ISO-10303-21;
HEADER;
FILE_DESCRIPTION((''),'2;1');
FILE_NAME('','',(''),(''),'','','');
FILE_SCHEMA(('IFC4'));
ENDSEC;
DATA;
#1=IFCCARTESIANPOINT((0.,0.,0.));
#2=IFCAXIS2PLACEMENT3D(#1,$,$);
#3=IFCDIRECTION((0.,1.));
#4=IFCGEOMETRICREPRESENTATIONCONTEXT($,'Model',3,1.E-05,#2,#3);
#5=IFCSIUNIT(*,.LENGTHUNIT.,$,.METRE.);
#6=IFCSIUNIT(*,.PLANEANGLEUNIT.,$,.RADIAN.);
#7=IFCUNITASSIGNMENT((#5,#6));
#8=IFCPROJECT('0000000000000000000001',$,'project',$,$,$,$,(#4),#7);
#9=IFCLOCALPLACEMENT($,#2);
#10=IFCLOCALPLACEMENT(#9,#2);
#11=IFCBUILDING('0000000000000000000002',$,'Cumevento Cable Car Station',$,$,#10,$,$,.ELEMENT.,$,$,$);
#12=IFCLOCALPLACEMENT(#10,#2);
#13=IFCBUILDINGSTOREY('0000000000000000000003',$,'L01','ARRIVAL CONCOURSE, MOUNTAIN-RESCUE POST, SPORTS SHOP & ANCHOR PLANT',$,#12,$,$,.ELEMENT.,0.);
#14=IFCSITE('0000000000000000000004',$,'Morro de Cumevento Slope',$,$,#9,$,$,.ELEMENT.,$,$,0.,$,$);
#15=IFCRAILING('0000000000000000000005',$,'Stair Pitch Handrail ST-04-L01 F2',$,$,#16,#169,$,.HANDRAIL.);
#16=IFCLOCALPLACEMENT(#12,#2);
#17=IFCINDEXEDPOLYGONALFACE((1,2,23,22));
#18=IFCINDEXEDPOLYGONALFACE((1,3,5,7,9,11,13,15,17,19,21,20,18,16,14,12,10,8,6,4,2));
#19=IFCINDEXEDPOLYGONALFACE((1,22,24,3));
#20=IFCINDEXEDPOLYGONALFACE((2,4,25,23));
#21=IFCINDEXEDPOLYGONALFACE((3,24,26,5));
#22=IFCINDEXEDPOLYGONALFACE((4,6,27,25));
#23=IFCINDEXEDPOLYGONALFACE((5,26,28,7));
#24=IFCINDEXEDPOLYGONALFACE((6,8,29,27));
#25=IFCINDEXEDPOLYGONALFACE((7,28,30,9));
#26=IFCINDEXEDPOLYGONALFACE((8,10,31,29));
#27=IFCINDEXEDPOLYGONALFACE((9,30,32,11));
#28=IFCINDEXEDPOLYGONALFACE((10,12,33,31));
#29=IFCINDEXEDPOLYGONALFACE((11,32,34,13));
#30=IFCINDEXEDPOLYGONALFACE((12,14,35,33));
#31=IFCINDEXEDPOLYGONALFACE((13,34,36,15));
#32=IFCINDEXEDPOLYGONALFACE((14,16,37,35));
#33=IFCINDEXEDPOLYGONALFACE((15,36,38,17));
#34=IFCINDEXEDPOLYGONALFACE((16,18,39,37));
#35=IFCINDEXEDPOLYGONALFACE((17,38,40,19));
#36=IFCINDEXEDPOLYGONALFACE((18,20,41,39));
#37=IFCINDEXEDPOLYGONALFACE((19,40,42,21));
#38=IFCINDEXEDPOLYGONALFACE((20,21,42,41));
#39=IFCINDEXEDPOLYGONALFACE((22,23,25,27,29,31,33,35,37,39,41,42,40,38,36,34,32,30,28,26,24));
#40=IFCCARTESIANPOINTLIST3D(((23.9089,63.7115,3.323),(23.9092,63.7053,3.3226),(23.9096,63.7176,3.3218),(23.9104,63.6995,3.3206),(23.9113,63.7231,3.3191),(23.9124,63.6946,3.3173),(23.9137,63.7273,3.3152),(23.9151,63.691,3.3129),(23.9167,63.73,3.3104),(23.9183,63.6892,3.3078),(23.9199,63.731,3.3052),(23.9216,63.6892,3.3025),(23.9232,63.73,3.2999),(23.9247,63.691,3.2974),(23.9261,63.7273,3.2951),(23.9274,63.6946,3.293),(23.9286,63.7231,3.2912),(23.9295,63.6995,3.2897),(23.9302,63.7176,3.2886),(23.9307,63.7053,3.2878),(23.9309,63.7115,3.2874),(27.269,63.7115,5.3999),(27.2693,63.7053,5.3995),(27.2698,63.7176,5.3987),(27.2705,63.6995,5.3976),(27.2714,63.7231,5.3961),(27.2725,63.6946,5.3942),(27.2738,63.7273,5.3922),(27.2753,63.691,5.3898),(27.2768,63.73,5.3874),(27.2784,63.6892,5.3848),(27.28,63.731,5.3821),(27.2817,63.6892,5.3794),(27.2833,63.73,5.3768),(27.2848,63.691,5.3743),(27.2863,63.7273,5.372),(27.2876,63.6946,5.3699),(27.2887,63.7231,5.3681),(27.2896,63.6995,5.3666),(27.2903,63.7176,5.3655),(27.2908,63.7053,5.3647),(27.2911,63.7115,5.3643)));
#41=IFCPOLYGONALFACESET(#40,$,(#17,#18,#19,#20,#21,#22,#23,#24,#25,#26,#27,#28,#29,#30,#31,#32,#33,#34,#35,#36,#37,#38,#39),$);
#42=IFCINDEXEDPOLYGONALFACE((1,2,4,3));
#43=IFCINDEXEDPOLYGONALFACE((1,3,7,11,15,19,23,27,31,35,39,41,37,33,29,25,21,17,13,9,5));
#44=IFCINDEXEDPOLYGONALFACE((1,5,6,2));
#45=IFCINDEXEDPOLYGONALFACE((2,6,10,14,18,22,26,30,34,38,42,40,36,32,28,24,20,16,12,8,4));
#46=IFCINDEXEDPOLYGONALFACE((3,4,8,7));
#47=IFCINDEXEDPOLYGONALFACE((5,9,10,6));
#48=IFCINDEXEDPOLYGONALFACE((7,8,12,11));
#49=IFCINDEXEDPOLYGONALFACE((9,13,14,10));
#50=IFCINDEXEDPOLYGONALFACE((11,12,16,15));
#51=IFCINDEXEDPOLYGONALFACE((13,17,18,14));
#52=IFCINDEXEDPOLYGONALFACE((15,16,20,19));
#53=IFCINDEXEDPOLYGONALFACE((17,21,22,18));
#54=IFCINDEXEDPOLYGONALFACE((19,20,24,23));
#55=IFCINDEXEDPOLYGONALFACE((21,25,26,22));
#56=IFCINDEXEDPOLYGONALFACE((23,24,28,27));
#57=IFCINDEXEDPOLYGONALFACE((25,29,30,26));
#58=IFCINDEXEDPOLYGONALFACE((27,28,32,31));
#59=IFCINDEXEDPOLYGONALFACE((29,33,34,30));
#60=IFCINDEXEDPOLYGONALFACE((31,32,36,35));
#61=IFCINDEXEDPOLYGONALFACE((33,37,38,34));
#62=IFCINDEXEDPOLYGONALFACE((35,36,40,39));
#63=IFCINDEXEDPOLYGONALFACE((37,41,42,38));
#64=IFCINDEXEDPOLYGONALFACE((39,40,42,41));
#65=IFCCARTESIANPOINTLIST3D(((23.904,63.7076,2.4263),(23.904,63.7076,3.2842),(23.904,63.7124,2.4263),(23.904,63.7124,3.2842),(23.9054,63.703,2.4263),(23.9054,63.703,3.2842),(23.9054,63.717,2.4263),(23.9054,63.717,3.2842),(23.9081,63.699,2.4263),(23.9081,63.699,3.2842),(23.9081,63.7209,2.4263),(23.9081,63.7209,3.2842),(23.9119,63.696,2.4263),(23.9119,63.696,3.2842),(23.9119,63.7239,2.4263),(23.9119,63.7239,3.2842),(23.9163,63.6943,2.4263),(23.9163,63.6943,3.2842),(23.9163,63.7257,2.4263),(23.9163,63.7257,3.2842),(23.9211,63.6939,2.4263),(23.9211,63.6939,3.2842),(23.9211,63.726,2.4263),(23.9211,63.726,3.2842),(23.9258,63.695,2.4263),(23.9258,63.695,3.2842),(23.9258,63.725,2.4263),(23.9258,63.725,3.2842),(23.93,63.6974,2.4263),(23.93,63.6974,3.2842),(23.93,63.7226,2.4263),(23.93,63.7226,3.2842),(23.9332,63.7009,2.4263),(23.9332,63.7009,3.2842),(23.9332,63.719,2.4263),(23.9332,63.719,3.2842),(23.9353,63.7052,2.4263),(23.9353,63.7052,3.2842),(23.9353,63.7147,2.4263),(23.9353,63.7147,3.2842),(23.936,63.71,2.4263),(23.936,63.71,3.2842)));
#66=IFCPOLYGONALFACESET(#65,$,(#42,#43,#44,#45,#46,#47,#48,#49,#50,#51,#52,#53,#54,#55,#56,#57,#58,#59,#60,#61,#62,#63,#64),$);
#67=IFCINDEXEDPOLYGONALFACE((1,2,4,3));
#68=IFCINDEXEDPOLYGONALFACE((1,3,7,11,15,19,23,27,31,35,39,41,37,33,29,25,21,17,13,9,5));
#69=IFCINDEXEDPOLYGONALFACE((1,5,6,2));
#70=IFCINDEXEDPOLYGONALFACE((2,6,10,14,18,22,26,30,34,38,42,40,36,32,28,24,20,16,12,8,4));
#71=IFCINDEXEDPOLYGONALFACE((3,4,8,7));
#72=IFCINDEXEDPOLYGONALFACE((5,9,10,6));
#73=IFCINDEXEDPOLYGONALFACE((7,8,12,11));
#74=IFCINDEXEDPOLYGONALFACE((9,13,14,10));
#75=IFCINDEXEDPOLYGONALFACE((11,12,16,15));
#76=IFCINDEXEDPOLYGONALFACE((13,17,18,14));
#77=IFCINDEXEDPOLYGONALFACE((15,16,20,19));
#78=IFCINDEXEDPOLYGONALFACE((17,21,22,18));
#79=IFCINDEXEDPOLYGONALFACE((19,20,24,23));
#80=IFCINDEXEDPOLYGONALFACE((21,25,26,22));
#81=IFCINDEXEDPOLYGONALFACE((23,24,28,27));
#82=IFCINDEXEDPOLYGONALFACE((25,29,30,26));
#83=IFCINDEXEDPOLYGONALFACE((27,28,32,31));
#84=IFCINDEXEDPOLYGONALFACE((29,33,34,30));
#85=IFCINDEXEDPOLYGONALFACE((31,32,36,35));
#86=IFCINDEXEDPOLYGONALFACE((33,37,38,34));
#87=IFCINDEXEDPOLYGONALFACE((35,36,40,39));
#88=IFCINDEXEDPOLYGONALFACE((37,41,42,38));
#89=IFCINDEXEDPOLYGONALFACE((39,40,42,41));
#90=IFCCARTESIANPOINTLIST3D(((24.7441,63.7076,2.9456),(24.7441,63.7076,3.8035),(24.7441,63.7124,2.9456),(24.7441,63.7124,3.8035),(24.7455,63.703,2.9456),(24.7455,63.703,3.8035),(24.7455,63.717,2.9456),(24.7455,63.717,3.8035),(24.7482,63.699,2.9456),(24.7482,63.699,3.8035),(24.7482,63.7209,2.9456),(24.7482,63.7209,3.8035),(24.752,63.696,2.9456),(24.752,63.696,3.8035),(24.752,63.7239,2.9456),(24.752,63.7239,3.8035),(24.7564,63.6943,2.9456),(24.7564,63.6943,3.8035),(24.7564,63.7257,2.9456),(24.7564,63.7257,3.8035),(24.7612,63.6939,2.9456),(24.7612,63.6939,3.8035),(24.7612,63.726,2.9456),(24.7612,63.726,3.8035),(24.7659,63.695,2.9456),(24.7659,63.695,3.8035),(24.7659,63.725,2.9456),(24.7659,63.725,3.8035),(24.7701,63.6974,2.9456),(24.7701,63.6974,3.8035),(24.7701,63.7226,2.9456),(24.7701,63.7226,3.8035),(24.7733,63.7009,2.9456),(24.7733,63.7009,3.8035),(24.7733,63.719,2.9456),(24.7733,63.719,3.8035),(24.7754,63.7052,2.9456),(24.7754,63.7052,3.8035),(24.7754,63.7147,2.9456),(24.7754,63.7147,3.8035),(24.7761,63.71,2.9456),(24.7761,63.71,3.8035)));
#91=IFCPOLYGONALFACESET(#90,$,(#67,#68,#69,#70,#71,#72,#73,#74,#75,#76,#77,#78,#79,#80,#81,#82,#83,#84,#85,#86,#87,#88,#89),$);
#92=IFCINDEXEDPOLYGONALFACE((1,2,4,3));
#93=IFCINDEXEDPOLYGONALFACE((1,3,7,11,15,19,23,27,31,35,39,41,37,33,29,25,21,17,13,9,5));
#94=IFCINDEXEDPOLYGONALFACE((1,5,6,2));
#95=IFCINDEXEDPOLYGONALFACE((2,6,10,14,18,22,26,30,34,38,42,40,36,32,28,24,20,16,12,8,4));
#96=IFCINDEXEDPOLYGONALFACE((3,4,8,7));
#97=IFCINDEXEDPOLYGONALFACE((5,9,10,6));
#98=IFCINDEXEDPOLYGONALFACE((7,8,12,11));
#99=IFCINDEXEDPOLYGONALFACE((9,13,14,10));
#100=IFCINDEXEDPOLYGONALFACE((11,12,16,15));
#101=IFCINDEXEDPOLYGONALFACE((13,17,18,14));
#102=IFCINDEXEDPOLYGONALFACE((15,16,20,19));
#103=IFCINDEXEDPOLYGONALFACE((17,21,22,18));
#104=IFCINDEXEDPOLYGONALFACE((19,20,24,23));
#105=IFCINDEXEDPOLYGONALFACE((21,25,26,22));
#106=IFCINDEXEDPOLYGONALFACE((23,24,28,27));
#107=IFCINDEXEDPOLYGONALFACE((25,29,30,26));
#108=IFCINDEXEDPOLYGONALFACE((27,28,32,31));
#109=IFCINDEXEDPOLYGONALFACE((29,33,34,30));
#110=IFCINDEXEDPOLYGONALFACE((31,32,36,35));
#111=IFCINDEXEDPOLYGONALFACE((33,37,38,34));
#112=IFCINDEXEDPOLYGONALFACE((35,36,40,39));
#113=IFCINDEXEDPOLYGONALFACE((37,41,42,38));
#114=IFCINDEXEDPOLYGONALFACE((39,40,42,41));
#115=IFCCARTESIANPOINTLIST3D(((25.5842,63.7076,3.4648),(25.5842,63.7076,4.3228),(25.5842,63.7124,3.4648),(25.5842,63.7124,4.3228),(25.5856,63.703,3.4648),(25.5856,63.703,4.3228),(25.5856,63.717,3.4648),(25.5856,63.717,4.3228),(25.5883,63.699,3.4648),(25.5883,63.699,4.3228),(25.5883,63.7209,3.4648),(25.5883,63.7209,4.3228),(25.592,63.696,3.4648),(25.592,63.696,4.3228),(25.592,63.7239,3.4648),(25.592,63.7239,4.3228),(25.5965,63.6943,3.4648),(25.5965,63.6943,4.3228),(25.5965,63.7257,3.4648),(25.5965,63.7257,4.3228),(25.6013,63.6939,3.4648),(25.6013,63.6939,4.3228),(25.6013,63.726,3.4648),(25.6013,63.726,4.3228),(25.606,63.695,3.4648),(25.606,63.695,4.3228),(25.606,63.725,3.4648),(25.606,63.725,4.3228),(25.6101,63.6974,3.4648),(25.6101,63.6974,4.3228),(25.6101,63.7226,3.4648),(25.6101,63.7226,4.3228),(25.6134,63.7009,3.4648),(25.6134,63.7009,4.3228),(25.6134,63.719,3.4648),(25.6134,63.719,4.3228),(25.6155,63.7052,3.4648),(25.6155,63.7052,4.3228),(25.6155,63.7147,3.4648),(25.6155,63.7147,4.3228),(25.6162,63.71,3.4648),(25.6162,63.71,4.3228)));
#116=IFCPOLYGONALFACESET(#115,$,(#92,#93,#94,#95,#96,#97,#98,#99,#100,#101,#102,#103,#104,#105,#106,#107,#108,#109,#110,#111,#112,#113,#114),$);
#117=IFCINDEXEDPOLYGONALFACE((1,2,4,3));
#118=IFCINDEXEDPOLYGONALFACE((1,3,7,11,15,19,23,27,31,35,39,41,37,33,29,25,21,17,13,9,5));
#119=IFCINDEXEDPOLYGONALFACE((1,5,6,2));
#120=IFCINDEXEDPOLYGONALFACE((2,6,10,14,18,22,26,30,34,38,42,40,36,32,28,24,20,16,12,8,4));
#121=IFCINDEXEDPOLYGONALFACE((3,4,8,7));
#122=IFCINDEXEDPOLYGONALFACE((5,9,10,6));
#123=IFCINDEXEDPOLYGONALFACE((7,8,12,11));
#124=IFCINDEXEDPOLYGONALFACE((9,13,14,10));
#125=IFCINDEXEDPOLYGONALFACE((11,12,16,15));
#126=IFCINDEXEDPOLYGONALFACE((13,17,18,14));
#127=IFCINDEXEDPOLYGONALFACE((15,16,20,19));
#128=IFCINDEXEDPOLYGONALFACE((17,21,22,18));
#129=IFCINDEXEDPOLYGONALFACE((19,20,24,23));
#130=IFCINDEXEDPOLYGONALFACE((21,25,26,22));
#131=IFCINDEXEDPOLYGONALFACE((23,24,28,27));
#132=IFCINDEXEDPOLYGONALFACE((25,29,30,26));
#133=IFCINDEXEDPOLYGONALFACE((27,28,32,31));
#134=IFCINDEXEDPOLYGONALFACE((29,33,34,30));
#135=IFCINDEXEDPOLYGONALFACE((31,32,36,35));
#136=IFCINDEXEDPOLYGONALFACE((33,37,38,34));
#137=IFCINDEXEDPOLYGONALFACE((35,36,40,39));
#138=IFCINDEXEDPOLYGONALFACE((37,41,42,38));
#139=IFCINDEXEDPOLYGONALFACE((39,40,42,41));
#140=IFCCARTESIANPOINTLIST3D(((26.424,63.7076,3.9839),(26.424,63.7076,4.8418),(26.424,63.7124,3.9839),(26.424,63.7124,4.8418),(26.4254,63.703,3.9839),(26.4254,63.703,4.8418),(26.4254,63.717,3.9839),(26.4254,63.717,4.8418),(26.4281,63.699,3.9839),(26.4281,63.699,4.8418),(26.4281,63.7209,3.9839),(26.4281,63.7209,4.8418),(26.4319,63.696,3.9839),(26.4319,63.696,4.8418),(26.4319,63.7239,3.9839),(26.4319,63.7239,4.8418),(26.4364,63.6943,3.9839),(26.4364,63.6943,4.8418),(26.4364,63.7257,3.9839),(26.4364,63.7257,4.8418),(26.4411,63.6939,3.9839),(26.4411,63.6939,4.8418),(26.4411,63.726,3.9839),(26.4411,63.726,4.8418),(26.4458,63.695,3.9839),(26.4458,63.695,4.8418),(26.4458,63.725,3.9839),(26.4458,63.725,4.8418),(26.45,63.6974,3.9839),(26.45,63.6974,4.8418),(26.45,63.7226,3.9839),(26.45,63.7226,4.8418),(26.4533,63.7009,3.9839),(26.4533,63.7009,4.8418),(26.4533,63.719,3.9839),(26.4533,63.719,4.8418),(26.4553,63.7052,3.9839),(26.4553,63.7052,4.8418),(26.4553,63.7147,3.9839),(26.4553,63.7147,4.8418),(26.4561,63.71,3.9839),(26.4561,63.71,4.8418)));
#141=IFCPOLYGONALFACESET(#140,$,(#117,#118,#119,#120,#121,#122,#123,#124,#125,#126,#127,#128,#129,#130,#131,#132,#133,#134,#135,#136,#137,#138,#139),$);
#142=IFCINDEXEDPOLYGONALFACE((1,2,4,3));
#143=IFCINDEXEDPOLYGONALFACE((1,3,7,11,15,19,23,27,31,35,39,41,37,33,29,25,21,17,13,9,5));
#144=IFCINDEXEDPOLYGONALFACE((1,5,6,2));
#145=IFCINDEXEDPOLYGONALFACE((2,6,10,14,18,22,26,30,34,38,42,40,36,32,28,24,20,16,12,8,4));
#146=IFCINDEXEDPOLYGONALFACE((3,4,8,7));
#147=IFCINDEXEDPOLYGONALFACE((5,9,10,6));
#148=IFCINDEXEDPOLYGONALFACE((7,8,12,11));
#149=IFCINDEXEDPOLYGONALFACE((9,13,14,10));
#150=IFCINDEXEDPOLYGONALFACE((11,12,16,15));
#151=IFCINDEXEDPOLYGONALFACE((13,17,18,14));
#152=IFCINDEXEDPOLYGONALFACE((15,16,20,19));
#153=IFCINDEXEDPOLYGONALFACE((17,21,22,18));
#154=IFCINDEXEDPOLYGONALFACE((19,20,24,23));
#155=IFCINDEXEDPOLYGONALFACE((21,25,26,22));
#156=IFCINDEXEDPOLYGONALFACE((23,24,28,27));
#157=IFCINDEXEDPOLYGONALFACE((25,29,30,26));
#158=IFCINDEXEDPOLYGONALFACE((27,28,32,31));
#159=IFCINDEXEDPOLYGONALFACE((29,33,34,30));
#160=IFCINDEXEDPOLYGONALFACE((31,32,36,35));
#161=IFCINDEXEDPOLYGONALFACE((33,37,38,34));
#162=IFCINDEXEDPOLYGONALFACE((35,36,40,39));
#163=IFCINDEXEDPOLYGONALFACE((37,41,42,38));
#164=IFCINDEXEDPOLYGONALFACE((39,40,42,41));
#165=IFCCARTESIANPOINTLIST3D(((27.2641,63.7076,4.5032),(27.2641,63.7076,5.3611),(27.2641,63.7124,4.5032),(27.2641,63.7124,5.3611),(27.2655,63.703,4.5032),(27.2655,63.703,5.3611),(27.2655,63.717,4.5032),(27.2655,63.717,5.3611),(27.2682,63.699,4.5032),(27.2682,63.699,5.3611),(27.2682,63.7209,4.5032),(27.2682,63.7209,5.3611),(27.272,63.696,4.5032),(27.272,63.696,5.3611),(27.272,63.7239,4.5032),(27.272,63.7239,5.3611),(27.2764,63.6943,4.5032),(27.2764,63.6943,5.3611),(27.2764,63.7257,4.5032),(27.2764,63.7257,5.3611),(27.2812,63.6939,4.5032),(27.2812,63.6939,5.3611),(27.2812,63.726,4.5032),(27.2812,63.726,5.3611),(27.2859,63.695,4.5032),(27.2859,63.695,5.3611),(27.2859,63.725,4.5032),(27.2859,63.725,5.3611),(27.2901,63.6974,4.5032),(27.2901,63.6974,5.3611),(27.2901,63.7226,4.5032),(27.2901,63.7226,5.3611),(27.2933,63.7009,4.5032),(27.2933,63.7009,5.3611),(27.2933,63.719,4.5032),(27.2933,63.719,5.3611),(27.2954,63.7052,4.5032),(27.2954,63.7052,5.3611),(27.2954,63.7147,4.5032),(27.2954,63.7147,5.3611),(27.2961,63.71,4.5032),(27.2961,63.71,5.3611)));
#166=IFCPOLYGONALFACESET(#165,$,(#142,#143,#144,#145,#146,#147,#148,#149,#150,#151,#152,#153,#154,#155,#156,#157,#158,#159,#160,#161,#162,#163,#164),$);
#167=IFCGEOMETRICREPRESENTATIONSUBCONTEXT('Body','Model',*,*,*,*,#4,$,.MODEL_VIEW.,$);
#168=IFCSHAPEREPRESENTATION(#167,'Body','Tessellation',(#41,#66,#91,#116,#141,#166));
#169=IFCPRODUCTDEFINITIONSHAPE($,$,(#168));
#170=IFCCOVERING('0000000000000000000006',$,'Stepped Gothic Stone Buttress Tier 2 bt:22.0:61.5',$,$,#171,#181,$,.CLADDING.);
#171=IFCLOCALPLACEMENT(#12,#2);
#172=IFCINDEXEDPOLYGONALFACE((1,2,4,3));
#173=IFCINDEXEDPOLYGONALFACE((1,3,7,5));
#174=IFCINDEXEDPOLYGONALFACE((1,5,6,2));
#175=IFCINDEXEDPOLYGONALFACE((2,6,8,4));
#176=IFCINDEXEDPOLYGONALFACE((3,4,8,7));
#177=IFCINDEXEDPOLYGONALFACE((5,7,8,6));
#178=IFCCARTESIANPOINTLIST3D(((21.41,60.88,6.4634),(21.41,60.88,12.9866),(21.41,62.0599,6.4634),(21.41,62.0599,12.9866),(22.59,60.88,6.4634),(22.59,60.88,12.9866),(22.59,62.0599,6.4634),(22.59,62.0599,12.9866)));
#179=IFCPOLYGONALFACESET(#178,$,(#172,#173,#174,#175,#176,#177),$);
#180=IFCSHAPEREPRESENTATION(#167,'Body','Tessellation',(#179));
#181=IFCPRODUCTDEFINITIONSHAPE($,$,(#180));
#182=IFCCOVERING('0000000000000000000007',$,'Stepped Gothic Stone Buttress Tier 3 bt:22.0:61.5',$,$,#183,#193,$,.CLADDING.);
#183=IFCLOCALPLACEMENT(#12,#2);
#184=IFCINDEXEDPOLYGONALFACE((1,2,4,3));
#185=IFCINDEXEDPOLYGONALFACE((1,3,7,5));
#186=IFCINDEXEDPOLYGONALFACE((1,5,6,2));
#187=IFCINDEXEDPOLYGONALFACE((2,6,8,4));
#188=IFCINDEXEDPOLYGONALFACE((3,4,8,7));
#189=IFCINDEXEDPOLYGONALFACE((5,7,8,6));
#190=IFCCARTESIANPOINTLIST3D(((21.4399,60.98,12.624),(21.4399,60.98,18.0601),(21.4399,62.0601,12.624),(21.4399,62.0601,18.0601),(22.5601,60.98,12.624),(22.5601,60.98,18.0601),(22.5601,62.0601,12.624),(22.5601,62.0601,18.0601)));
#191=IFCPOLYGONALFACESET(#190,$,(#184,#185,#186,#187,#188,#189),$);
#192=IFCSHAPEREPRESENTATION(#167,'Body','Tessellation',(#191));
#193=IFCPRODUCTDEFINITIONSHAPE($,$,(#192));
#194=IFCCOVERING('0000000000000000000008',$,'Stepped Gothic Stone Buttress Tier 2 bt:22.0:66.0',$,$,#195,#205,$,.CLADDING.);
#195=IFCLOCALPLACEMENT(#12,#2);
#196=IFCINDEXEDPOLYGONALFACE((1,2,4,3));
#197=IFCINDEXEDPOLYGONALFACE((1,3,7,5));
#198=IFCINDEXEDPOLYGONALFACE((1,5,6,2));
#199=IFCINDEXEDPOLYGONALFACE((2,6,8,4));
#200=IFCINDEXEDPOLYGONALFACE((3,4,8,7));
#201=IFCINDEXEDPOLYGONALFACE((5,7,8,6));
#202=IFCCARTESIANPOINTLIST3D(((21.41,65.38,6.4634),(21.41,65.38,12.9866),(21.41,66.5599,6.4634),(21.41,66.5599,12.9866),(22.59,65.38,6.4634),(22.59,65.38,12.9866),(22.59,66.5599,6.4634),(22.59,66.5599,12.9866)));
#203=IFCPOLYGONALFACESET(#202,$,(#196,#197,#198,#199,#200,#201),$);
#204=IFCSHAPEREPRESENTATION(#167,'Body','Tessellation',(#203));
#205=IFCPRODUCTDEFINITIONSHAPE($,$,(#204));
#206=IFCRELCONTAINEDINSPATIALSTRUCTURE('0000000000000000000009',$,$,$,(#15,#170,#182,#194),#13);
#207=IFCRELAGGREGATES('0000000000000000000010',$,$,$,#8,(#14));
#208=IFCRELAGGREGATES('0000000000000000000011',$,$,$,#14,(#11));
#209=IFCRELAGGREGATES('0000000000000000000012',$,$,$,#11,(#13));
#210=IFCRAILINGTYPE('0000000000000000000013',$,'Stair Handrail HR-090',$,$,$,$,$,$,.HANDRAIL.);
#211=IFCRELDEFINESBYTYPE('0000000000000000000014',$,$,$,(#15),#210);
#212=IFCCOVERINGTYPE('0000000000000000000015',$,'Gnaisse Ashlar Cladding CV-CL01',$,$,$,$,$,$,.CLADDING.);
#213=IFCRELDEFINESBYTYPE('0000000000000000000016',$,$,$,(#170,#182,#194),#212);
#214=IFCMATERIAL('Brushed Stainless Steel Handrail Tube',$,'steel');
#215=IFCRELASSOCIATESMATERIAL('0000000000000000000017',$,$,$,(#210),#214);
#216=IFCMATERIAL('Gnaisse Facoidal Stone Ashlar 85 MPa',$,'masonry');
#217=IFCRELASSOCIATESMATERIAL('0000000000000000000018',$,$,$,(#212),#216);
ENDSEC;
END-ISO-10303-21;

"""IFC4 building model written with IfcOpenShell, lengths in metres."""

from ifc_helpers import new_model, si_unit, direction, frame, origin, origin_2d, place, context, subcontext, project, spatial, rectangle, circle, extrude, material, type_object, element, save


model = new_model("IFC4")

# Units and contexts
model_context = context("Model", 3, precision=1e-05, world=origin(), true_north=direction((0.0, 1.0)))
body_context = subcontext(model_context, "Body", "Model", "MODEL_VIEW")
ifc_project = project(units=[si_unit("LENGTHUNIT", "METRE"), si_unit("PLANEANGLEUNIT", "RADIAN")], contexts=[model_context])

# Site, building, storey
site_placement = place(None, origin())
site = spatial("IfcSite", under=ifc_project, at=site_placement, Name="Morro de Cumevento Slope", CompositionType="ELEMENT", RefElevation=0.0)
building_placement = place(site_placement, origin())
building = spatial("IfcBuilding", under=site, at=building_placement, Name="Cumevento Cable Car Station", CompositionType="ELEMENT")
storey_placement = place(building_placement, origin())
storey = spatial("IfcBuildingStorey", under=building, at=storey_placement, Name="L01", Description="ARRIVAL CONCOURSE, MOUNTAIN-RESCUE POST, SPORTS SHOP & ANCHOR PLANT", CompositionType="ELEMENT", Elevation=0.0)

# Railing
ifc_material_1 = material(Name="Brushed Stainless Steel Handrail Tube", Category="steel")
railing_type_1 = type_object("IfcRailingType", Name="Stair Handrail HR-090", PredefinedType="HANDRAIL", material=ifc_material_1)
railing_1_placement = place(storey_placement, frame((23.9199, 63.71, 2.4263)))
element("IfcRailing", 1, at=railing_1_placement, inside=storey, type_object=railing_type_1, Name="Stair Pitch Handrail ST-04-L01 F2", PredefinedType="HANDRAIL", context=body_context, shape_type="SweptSolid", body=[
    extrude(circle(Radius=0.021, at=origin_2d()), frame((0.0, 0.0, 0.8789), z_axis=(0.850623, 0.0, 0.525776), x_axis=(0.0, 1.0, 0.0)), (0.0, 0.0, 1.0), 3.9502),
    extrude(circle(Radius=0.0161, at=origin_2d()), origin(), (0.0, 0.0, 1.0), 0.8579),
    extrude(circle(Radius=0.0161, at=origin_2d()), frame((0.8401, 0.0, 0.5193)), (0.0, 0.0, 1.0), 0.8579),
    extrude(circle(Radius=0.0161, at=origin_2d()), frame((1.6802, 0.0, 1.0386)), (0.0, 0.0, 1.0), 0.8579),
    extrude(circle(Radius=0.0161, at=origin_2d()), frame((2.52, 0.0, 1.5576)), (0.0, 0.0, 1.0), 0.8579),
    extrude(circle(Radius=0.0161, at=origin_2d()), frame((3.3601, 0.0, 2.0769)), (0.0, 0.0, 1.0), 0.8579),
])

# Coverings
ifc_material_2 = material(Name="Gnaisse Facoidal Stone Ashlar 85 MPa", Category="masonry")
covering_type = type_object("IfcCoveringType", Name="Gnaisse Ashlar Cladding CV-CL01", PredefinedType="CLADDING", material=ifc_material_2)
covering_1_placement = place(storey_placement, frame((22.0, 61.47, 6.4634), z_axis=(0.0, 0.0, 1.0), x_axis=(1.0, 0.0, 0.0)))
element("IfcCovering", 2, at=covering_1_placement, inside=storey, type_object=covering_type, Name="Stepped Gothic Stone Buttress Tier 2 bt:22.0:61.5", PredefinedType="CLADDING", context=body_context, shape_type="SweptSolid", body=[
    extrude(rectangle(XDim=1.1799, YDim=1.1799, at=origin_2d()), origin(), (0.0, 0.0, 1.0), 6.5232),
])
covering_2_placement = place(storey_placement, frame((22.0, 61.52, 12.624), z_axis=(0.0, 0.0, 1.0), x_axis=(1.0, 0.0, 0.0)))
element("IfcCovering", 3, at=covering_2_placement, inside=storey, type_object=covering_type, Name="Stepped Gothic Stone Buttress Tier 3 bt:22.0:61.5", PredefinedType="CLADDING", context=body_context, shape_type="SweptSolid", body=[
    extrude(rectangle(XDim=1.1201, YDim=1.0801, at=origin_2d()), origin(), (0.0, 0.0, 1.0), 5.436),
])
covering_3_placement = place(storey_placement, frame((22.0, 65.97, 6.4634), z_axis=(0.0, 0.0, 1.0), x_axis=(1.0, 0.0, 0.0)))
element("IfcCovering", 4, at=covering_3_placement, inside=storey, type_object=covering_type, Name="Stepped Gothic Stone Buttress Tier 2 bt:22.0:66.0", PredefinedType="CLADDING", context=body_context, shape_type="SweptSolid", body=[
    extrude(rectangle(XDim=1.1799, YDim=1.1799, at=origin_2d()), origin(), (0.0, 0.0, 1.0), 6.5232),
])

save(model, "model.ifc")
